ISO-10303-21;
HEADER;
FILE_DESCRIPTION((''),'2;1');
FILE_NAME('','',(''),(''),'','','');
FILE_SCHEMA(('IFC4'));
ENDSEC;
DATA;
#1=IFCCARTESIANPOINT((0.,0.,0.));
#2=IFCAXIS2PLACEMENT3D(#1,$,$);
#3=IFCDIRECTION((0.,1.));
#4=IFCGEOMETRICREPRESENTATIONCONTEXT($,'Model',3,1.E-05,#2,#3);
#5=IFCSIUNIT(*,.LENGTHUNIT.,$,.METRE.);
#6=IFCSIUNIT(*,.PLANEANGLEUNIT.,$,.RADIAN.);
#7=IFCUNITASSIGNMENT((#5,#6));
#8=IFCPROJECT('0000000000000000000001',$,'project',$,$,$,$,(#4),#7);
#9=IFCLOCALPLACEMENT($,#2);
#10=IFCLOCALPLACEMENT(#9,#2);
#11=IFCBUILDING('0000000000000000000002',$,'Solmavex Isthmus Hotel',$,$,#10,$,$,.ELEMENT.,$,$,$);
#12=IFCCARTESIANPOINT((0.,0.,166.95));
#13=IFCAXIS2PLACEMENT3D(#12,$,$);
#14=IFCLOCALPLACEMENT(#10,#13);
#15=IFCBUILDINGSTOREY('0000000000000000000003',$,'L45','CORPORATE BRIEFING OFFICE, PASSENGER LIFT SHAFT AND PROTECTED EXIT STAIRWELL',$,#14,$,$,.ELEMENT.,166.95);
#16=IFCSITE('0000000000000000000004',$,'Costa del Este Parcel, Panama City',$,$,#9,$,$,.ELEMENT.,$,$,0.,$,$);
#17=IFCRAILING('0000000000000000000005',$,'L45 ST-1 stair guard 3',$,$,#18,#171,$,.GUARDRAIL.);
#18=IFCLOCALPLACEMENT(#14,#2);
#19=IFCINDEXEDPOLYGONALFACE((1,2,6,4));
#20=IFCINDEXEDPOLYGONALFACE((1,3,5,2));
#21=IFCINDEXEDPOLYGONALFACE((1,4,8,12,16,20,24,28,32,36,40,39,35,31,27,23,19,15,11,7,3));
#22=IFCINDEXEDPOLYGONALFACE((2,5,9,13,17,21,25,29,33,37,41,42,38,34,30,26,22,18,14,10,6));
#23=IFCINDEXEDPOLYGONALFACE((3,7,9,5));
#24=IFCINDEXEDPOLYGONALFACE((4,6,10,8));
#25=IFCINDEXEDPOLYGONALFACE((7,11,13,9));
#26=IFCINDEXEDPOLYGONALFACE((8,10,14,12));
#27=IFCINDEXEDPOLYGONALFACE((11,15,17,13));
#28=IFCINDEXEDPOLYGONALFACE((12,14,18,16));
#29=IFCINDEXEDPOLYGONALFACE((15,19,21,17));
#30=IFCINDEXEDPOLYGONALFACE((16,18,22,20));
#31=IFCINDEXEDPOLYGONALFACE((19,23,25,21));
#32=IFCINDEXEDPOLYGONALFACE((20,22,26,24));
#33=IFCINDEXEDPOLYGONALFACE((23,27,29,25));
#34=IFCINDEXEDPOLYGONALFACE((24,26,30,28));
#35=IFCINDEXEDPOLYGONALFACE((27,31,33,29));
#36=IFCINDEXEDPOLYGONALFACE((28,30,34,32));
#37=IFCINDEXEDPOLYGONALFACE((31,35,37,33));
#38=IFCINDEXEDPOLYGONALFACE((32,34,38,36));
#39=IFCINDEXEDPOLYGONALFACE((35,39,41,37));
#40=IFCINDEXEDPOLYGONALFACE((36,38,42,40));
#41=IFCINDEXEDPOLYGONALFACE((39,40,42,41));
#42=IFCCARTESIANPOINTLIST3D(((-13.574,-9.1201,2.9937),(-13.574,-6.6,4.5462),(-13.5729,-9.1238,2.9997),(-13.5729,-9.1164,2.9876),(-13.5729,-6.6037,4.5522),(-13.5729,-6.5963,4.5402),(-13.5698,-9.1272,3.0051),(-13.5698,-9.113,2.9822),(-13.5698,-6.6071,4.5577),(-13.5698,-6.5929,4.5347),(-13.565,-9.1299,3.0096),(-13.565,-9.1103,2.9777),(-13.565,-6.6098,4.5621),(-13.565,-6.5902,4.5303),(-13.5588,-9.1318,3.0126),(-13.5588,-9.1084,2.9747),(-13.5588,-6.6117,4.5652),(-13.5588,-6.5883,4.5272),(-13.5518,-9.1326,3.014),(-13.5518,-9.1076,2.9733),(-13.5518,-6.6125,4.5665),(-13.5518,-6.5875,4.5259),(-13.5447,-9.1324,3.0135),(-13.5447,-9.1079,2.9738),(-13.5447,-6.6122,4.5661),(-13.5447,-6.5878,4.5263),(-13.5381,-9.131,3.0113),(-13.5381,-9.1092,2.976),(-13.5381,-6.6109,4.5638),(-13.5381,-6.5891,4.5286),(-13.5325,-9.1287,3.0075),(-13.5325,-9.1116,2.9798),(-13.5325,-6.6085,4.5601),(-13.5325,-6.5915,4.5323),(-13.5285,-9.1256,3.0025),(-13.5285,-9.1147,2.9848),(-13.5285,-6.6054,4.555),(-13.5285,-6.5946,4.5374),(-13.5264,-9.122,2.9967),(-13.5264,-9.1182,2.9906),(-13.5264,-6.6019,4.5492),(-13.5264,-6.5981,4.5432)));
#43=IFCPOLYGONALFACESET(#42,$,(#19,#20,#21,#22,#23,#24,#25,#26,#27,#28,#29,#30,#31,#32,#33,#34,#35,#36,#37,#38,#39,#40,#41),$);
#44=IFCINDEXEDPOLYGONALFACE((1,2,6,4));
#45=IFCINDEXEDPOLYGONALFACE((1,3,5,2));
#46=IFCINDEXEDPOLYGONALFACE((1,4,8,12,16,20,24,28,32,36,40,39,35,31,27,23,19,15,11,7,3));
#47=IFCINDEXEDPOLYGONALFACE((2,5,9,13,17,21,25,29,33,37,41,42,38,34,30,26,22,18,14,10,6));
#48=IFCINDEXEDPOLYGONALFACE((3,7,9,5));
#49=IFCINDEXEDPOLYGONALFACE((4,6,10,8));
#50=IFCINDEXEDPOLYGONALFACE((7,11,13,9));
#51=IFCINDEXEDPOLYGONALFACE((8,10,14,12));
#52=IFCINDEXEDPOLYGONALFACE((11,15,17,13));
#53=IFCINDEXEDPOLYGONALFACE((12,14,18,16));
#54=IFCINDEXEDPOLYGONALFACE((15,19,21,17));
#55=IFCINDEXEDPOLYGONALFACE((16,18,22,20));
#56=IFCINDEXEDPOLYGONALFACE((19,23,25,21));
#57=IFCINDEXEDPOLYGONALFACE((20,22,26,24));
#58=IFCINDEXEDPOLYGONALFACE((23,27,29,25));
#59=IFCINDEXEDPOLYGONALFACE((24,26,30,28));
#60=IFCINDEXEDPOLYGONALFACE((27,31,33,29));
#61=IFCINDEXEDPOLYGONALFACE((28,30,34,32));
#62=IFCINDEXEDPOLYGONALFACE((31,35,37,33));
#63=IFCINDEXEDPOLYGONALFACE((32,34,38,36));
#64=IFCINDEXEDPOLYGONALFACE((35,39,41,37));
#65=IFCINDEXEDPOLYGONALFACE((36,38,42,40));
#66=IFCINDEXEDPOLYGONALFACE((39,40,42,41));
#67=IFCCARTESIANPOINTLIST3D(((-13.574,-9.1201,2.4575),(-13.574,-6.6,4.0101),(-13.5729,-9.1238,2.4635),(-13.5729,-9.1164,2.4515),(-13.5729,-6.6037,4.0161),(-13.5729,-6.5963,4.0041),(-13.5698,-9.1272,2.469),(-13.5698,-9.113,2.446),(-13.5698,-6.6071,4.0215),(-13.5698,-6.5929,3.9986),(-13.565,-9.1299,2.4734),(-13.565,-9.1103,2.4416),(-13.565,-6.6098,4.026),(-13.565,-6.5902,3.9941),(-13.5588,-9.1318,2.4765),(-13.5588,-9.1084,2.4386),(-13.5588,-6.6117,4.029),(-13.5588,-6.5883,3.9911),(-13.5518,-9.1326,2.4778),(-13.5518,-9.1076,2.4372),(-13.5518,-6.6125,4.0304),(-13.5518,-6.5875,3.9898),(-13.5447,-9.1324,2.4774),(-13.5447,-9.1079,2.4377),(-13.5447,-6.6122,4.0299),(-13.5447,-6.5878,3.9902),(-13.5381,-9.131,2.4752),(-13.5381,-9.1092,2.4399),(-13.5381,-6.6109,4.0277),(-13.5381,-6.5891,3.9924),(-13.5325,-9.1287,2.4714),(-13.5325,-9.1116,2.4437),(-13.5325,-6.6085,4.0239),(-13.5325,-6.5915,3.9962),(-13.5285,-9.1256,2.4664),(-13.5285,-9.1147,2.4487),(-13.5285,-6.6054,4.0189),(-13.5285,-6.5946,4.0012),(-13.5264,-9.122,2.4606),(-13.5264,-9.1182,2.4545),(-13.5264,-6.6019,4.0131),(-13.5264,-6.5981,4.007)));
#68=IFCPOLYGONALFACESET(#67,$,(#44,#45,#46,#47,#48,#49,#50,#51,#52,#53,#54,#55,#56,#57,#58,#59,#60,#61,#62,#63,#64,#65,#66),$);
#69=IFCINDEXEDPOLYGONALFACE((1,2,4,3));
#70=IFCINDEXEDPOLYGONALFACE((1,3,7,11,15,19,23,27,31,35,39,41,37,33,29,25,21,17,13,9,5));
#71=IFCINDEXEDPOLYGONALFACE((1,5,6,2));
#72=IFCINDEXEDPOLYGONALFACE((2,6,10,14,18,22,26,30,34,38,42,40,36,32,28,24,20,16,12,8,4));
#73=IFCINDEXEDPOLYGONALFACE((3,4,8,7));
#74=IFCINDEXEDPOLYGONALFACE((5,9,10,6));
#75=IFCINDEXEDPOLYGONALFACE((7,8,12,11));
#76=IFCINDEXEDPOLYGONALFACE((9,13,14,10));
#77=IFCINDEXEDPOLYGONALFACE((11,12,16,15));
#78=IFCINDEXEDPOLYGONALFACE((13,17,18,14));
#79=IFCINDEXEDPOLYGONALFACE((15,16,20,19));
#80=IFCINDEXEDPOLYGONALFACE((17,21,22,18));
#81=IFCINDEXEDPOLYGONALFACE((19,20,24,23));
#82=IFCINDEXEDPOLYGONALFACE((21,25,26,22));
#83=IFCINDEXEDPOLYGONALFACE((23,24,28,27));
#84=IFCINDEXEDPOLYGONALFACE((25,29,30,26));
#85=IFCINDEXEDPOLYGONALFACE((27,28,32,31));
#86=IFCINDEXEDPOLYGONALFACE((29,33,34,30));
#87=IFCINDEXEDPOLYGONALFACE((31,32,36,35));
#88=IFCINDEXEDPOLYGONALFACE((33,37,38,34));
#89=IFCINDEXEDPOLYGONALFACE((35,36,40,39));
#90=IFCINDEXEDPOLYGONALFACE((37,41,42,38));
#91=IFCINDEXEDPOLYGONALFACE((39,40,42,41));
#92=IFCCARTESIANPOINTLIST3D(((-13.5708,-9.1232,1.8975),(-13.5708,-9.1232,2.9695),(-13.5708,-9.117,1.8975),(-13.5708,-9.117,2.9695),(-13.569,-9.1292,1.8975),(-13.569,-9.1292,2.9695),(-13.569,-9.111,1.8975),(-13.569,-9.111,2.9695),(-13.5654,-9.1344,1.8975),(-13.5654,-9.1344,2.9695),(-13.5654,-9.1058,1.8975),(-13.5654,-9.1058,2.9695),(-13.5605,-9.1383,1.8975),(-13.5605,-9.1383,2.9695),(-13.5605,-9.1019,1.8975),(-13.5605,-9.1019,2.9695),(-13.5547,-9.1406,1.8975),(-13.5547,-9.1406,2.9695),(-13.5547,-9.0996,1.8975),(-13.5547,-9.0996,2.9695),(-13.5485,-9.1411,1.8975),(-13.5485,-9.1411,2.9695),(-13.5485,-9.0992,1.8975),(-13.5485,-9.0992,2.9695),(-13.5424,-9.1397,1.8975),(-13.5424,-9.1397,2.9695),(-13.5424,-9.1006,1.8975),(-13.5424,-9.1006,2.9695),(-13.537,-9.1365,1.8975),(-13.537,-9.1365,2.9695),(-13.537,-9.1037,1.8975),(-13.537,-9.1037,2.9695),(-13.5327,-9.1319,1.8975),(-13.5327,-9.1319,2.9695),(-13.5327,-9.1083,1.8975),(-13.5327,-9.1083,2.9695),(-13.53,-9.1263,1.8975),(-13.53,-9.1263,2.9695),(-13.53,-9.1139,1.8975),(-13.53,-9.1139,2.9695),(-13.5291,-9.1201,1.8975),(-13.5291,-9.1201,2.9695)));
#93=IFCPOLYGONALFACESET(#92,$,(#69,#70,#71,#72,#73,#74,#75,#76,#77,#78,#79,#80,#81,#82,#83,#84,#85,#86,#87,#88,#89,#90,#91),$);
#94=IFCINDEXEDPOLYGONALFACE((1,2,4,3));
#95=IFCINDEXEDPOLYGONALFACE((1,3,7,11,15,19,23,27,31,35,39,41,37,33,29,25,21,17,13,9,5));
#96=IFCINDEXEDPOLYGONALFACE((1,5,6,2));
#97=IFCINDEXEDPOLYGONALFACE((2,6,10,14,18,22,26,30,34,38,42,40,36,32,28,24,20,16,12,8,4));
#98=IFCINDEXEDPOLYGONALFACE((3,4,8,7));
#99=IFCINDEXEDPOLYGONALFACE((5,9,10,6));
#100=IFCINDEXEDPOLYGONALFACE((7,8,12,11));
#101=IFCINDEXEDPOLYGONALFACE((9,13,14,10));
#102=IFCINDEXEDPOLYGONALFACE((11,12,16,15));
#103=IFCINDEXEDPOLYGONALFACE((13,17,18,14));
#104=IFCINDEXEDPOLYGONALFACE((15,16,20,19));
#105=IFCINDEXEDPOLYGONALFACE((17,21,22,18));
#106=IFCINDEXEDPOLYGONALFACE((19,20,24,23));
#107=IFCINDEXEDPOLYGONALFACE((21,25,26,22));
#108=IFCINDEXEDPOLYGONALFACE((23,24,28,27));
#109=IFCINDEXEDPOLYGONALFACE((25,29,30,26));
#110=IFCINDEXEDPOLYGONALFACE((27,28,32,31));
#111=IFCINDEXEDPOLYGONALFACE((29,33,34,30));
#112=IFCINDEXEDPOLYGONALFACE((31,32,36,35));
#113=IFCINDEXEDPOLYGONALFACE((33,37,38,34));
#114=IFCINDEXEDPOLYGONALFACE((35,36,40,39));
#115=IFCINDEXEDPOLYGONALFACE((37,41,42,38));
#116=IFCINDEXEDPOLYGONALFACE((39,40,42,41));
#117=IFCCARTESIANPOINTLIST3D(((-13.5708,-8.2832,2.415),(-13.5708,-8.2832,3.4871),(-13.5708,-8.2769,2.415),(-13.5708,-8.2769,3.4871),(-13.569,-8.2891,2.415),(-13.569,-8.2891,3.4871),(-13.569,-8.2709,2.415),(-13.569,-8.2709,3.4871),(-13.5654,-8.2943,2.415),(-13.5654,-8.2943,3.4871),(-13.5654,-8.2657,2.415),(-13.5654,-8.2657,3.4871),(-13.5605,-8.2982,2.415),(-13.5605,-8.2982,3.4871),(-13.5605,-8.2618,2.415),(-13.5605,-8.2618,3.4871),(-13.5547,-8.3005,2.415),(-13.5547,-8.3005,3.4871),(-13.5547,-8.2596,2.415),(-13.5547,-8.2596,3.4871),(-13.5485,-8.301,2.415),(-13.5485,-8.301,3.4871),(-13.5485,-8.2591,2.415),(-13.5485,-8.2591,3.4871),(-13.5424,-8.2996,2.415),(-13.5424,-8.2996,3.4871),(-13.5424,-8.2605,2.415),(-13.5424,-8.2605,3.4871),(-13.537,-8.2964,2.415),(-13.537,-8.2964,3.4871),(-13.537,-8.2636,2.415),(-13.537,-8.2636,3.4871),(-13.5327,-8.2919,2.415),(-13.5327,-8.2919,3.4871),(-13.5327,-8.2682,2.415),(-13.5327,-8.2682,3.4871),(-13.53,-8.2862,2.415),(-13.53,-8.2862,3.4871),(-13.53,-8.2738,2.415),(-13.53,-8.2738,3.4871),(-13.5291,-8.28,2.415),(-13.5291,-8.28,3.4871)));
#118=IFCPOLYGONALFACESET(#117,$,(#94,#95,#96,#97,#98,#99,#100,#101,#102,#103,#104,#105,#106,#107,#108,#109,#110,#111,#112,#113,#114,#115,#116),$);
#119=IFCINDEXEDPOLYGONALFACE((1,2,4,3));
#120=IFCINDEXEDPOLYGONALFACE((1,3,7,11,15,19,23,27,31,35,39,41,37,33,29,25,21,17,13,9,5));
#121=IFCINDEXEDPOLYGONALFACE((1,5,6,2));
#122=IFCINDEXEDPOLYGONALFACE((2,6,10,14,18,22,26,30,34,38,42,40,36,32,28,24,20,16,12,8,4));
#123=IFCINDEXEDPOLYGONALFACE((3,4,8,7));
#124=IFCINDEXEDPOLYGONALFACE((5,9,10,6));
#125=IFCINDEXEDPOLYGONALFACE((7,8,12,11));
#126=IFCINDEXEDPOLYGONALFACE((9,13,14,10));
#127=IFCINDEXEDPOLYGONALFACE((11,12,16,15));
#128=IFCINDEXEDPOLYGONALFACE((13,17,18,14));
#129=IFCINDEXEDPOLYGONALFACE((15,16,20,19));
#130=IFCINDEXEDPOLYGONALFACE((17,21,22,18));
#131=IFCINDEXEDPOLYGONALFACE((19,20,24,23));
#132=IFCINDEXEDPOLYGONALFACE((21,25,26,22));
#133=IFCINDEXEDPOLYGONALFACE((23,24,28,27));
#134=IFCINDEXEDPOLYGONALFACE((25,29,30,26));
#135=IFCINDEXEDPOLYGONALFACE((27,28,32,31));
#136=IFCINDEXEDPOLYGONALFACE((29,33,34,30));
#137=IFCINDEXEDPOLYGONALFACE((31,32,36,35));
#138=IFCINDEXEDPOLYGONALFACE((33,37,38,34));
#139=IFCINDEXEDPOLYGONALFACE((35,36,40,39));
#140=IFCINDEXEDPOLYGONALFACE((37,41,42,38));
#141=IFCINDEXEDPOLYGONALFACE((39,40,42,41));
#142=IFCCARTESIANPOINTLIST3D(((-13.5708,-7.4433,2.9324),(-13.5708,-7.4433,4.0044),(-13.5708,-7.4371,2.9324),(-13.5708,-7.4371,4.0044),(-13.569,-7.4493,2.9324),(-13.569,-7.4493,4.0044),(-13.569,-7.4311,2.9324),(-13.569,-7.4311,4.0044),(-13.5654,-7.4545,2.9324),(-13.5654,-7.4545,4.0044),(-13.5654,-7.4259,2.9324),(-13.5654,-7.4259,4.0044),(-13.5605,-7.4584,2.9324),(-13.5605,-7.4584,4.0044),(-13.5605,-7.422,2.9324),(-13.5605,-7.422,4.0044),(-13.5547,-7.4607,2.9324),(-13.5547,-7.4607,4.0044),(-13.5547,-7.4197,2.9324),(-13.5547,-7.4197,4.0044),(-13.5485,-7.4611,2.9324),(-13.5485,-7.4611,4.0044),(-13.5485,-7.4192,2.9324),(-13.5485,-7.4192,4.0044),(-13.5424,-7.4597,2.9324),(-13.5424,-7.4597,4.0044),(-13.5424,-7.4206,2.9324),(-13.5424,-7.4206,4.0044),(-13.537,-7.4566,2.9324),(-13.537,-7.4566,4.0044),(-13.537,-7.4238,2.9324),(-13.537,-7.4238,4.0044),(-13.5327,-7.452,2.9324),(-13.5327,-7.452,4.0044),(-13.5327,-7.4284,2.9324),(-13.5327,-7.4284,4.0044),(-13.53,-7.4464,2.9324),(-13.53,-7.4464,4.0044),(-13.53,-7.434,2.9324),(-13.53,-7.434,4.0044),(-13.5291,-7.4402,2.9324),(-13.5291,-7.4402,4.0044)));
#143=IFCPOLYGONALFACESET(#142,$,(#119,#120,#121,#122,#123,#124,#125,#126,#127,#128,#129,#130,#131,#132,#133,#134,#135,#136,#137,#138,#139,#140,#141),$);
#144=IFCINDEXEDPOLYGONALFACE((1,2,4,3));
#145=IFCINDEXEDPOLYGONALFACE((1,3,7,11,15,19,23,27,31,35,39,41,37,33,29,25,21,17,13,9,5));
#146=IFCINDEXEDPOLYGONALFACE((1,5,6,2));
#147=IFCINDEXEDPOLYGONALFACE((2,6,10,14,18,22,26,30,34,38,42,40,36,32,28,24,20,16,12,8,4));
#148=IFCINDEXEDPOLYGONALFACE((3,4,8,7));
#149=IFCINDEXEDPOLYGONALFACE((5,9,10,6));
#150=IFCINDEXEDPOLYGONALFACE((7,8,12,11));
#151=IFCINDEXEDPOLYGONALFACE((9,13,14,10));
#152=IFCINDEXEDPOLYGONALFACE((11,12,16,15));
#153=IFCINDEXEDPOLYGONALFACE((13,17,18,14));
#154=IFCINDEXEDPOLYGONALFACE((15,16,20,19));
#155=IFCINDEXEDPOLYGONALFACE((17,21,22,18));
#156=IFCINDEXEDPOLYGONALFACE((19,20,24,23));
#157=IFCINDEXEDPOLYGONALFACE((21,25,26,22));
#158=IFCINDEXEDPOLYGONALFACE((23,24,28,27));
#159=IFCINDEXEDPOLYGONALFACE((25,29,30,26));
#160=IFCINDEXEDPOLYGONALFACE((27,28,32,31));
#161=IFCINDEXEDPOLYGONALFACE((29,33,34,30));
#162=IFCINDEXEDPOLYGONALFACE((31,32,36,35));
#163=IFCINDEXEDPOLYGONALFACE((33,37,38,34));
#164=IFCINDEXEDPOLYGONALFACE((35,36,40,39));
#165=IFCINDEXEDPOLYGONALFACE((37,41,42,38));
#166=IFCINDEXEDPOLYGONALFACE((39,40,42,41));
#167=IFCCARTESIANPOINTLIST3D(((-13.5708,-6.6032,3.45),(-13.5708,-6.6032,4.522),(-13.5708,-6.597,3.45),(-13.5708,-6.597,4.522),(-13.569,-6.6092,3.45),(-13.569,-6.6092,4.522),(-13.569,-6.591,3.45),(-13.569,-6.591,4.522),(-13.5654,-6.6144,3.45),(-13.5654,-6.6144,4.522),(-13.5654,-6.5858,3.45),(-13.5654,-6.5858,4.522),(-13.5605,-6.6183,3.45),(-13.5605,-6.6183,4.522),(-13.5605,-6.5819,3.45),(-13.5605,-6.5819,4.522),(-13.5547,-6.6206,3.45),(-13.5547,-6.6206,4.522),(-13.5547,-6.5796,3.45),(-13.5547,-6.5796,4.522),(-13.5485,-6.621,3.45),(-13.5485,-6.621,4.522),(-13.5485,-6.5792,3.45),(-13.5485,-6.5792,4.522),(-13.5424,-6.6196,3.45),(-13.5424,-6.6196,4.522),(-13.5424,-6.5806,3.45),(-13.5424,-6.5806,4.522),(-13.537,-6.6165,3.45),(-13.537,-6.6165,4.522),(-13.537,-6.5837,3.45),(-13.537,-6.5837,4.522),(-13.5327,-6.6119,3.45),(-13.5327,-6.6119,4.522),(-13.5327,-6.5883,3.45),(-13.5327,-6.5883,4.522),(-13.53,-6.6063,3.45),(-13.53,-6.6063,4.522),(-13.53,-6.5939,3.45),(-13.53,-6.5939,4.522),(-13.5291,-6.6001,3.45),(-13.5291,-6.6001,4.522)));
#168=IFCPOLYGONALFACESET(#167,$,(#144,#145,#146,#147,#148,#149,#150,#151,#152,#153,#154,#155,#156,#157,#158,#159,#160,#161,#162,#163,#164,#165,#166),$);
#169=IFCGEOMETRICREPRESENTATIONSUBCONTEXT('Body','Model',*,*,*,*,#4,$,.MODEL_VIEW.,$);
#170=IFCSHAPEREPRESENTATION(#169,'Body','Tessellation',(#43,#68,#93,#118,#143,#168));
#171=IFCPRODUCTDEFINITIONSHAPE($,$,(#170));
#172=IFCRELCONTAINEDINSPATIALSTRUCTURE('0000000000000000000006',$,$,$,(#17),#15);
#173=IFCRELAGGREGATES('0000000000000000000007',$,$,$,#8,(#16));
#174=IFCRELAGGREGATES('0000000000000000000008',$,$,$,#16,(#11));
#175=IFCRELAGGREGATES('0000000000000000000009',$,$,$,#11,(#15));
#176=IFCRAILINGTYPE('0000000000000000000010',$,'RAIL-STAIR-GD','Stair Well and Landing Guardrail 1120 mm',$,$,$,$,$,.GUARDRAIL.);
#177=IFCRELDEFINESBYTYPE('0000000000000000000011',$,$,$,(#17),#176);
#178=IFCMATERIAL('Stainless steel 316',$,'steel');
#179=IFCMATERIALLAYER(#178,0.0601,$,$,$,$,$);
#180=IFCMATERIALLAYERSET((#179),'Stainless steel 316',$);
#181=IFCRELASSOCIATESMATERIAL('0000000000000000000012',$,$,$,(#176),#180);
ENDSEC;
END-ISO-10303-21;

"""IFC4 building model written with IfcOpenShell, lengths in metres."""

from ifc_helpers import new_model, si_unit, direction, frame, origin, origin_2d, place, context, subcontext, project, spatial, circle, extrude, material, layer, layer_set, type_object, element, save


model = new_model("IFC4")

# Units and contexts
model_context = context("Model", 3, precision=1e-05, world=origin(), true_north=direction((0.0, 1.0)))
body_context = subcontext(model_context, "Body", "Model", "MODEL_VIEW")
ifc_project = project(units=[si_unit("LENGTHUNIT", "METRE"), si_unit("PLANEANGLEUNIT", "RADIAN")], contexts=[model_context])

# Site, building, storey
site_placement = place(None, origin())
site = spatial("IfcSite", under=ifc_project, at=site_placement, Name="Costa del Este Parcel, Panama City", CompositionType="ELEMENT", RefElevation=0.0)
building_placement = place(site_placement, origin())
building = spatial("IfcBuilding", under=site, at=building_placement, Name="Solmavex Isthmus Hotel", CompositionType="ELEMENT")
storey_placement = place(building_placement, frame((0.0, 0.0, 166.95)))
storey = spatial("IfcBuildingStorey", under=building, at=storey_placement, Name="L45", Description="CORPORATE BRIEFING OFFICE, PASSENGER LIFT SHAFT AND PROTECTED EXIT STAIRWELL", CompositionType="ELEMENT", Elevation=166.95)

# Railing
ifc_material_1 = material(Name="Stainless steel 316", Category="steel")
ifc_layer_1 = layer(ifc_material_1, 0.0601)
ifc_layer_set_1 = layer_set([ifc_layer_1], Name="Stainless steel 316")
railing_type_1 = type_object("IfcRailingType", Name="RAIL-STAIR-GD", Description="Stair Well and Landing Guardrail 1120 mm", PredefinedType="GUARDRAIL", material=ifc_layer_set_1)
railing_1_placement = place(storey_placement, frame((-13.55, -9.1201, 1.8975)))
element("IfcRailing", 1, at=railing_1_placement, inside=storey, type_object=railing_type_1, Name="L45 ST-1 stair guard 3", PredefinedType="GUARDRAIL", context=body_context, shape_type="SweptSolid", body=[
    extrude(circle(Radius=0.0239, at=origin_2d()), frame((0.0, 0.0, 1.0962), z_axis=(0.0, 0.8514, 0.524516), x_axis=(-1.0, 0.0, 0.0)), (0.0, 0.0, 1.0), 2.96),
    extrude(circle(Radius=0.0239, at=origin_2d()), frame((0.0, 0.0, 0.5601), z_axis=(0.0, 0.8514, 0.524516), x_axis=(-1.0, 0.0, 0.0)), (0.0, 0.0, 1.0), 2.96),
    extrude(circle(Radius=0.021, at=origin_2d()), origin(), (0.0, 0.0, 1.0), 1.072),
    extrude(circle(Radius=0.021, at=origin_2d()), frame((0.0, 0.8401, 0.5176)), (0.0, 0.0, 1.0), 1.072),
    extrude(circle(Radius=0.021, at=origin_2d()), frame((0.0, 1.6799, 1.0349)), (0.0, 0.0, 1.0), 1.072),
    extrude(circle(Radius=0.021, at=origin_2d()), frame((0.0, 2.52, 1.5525)), (0.0, 0.0, 1.0), 1.072),
])

save(model, "model.ifc")
